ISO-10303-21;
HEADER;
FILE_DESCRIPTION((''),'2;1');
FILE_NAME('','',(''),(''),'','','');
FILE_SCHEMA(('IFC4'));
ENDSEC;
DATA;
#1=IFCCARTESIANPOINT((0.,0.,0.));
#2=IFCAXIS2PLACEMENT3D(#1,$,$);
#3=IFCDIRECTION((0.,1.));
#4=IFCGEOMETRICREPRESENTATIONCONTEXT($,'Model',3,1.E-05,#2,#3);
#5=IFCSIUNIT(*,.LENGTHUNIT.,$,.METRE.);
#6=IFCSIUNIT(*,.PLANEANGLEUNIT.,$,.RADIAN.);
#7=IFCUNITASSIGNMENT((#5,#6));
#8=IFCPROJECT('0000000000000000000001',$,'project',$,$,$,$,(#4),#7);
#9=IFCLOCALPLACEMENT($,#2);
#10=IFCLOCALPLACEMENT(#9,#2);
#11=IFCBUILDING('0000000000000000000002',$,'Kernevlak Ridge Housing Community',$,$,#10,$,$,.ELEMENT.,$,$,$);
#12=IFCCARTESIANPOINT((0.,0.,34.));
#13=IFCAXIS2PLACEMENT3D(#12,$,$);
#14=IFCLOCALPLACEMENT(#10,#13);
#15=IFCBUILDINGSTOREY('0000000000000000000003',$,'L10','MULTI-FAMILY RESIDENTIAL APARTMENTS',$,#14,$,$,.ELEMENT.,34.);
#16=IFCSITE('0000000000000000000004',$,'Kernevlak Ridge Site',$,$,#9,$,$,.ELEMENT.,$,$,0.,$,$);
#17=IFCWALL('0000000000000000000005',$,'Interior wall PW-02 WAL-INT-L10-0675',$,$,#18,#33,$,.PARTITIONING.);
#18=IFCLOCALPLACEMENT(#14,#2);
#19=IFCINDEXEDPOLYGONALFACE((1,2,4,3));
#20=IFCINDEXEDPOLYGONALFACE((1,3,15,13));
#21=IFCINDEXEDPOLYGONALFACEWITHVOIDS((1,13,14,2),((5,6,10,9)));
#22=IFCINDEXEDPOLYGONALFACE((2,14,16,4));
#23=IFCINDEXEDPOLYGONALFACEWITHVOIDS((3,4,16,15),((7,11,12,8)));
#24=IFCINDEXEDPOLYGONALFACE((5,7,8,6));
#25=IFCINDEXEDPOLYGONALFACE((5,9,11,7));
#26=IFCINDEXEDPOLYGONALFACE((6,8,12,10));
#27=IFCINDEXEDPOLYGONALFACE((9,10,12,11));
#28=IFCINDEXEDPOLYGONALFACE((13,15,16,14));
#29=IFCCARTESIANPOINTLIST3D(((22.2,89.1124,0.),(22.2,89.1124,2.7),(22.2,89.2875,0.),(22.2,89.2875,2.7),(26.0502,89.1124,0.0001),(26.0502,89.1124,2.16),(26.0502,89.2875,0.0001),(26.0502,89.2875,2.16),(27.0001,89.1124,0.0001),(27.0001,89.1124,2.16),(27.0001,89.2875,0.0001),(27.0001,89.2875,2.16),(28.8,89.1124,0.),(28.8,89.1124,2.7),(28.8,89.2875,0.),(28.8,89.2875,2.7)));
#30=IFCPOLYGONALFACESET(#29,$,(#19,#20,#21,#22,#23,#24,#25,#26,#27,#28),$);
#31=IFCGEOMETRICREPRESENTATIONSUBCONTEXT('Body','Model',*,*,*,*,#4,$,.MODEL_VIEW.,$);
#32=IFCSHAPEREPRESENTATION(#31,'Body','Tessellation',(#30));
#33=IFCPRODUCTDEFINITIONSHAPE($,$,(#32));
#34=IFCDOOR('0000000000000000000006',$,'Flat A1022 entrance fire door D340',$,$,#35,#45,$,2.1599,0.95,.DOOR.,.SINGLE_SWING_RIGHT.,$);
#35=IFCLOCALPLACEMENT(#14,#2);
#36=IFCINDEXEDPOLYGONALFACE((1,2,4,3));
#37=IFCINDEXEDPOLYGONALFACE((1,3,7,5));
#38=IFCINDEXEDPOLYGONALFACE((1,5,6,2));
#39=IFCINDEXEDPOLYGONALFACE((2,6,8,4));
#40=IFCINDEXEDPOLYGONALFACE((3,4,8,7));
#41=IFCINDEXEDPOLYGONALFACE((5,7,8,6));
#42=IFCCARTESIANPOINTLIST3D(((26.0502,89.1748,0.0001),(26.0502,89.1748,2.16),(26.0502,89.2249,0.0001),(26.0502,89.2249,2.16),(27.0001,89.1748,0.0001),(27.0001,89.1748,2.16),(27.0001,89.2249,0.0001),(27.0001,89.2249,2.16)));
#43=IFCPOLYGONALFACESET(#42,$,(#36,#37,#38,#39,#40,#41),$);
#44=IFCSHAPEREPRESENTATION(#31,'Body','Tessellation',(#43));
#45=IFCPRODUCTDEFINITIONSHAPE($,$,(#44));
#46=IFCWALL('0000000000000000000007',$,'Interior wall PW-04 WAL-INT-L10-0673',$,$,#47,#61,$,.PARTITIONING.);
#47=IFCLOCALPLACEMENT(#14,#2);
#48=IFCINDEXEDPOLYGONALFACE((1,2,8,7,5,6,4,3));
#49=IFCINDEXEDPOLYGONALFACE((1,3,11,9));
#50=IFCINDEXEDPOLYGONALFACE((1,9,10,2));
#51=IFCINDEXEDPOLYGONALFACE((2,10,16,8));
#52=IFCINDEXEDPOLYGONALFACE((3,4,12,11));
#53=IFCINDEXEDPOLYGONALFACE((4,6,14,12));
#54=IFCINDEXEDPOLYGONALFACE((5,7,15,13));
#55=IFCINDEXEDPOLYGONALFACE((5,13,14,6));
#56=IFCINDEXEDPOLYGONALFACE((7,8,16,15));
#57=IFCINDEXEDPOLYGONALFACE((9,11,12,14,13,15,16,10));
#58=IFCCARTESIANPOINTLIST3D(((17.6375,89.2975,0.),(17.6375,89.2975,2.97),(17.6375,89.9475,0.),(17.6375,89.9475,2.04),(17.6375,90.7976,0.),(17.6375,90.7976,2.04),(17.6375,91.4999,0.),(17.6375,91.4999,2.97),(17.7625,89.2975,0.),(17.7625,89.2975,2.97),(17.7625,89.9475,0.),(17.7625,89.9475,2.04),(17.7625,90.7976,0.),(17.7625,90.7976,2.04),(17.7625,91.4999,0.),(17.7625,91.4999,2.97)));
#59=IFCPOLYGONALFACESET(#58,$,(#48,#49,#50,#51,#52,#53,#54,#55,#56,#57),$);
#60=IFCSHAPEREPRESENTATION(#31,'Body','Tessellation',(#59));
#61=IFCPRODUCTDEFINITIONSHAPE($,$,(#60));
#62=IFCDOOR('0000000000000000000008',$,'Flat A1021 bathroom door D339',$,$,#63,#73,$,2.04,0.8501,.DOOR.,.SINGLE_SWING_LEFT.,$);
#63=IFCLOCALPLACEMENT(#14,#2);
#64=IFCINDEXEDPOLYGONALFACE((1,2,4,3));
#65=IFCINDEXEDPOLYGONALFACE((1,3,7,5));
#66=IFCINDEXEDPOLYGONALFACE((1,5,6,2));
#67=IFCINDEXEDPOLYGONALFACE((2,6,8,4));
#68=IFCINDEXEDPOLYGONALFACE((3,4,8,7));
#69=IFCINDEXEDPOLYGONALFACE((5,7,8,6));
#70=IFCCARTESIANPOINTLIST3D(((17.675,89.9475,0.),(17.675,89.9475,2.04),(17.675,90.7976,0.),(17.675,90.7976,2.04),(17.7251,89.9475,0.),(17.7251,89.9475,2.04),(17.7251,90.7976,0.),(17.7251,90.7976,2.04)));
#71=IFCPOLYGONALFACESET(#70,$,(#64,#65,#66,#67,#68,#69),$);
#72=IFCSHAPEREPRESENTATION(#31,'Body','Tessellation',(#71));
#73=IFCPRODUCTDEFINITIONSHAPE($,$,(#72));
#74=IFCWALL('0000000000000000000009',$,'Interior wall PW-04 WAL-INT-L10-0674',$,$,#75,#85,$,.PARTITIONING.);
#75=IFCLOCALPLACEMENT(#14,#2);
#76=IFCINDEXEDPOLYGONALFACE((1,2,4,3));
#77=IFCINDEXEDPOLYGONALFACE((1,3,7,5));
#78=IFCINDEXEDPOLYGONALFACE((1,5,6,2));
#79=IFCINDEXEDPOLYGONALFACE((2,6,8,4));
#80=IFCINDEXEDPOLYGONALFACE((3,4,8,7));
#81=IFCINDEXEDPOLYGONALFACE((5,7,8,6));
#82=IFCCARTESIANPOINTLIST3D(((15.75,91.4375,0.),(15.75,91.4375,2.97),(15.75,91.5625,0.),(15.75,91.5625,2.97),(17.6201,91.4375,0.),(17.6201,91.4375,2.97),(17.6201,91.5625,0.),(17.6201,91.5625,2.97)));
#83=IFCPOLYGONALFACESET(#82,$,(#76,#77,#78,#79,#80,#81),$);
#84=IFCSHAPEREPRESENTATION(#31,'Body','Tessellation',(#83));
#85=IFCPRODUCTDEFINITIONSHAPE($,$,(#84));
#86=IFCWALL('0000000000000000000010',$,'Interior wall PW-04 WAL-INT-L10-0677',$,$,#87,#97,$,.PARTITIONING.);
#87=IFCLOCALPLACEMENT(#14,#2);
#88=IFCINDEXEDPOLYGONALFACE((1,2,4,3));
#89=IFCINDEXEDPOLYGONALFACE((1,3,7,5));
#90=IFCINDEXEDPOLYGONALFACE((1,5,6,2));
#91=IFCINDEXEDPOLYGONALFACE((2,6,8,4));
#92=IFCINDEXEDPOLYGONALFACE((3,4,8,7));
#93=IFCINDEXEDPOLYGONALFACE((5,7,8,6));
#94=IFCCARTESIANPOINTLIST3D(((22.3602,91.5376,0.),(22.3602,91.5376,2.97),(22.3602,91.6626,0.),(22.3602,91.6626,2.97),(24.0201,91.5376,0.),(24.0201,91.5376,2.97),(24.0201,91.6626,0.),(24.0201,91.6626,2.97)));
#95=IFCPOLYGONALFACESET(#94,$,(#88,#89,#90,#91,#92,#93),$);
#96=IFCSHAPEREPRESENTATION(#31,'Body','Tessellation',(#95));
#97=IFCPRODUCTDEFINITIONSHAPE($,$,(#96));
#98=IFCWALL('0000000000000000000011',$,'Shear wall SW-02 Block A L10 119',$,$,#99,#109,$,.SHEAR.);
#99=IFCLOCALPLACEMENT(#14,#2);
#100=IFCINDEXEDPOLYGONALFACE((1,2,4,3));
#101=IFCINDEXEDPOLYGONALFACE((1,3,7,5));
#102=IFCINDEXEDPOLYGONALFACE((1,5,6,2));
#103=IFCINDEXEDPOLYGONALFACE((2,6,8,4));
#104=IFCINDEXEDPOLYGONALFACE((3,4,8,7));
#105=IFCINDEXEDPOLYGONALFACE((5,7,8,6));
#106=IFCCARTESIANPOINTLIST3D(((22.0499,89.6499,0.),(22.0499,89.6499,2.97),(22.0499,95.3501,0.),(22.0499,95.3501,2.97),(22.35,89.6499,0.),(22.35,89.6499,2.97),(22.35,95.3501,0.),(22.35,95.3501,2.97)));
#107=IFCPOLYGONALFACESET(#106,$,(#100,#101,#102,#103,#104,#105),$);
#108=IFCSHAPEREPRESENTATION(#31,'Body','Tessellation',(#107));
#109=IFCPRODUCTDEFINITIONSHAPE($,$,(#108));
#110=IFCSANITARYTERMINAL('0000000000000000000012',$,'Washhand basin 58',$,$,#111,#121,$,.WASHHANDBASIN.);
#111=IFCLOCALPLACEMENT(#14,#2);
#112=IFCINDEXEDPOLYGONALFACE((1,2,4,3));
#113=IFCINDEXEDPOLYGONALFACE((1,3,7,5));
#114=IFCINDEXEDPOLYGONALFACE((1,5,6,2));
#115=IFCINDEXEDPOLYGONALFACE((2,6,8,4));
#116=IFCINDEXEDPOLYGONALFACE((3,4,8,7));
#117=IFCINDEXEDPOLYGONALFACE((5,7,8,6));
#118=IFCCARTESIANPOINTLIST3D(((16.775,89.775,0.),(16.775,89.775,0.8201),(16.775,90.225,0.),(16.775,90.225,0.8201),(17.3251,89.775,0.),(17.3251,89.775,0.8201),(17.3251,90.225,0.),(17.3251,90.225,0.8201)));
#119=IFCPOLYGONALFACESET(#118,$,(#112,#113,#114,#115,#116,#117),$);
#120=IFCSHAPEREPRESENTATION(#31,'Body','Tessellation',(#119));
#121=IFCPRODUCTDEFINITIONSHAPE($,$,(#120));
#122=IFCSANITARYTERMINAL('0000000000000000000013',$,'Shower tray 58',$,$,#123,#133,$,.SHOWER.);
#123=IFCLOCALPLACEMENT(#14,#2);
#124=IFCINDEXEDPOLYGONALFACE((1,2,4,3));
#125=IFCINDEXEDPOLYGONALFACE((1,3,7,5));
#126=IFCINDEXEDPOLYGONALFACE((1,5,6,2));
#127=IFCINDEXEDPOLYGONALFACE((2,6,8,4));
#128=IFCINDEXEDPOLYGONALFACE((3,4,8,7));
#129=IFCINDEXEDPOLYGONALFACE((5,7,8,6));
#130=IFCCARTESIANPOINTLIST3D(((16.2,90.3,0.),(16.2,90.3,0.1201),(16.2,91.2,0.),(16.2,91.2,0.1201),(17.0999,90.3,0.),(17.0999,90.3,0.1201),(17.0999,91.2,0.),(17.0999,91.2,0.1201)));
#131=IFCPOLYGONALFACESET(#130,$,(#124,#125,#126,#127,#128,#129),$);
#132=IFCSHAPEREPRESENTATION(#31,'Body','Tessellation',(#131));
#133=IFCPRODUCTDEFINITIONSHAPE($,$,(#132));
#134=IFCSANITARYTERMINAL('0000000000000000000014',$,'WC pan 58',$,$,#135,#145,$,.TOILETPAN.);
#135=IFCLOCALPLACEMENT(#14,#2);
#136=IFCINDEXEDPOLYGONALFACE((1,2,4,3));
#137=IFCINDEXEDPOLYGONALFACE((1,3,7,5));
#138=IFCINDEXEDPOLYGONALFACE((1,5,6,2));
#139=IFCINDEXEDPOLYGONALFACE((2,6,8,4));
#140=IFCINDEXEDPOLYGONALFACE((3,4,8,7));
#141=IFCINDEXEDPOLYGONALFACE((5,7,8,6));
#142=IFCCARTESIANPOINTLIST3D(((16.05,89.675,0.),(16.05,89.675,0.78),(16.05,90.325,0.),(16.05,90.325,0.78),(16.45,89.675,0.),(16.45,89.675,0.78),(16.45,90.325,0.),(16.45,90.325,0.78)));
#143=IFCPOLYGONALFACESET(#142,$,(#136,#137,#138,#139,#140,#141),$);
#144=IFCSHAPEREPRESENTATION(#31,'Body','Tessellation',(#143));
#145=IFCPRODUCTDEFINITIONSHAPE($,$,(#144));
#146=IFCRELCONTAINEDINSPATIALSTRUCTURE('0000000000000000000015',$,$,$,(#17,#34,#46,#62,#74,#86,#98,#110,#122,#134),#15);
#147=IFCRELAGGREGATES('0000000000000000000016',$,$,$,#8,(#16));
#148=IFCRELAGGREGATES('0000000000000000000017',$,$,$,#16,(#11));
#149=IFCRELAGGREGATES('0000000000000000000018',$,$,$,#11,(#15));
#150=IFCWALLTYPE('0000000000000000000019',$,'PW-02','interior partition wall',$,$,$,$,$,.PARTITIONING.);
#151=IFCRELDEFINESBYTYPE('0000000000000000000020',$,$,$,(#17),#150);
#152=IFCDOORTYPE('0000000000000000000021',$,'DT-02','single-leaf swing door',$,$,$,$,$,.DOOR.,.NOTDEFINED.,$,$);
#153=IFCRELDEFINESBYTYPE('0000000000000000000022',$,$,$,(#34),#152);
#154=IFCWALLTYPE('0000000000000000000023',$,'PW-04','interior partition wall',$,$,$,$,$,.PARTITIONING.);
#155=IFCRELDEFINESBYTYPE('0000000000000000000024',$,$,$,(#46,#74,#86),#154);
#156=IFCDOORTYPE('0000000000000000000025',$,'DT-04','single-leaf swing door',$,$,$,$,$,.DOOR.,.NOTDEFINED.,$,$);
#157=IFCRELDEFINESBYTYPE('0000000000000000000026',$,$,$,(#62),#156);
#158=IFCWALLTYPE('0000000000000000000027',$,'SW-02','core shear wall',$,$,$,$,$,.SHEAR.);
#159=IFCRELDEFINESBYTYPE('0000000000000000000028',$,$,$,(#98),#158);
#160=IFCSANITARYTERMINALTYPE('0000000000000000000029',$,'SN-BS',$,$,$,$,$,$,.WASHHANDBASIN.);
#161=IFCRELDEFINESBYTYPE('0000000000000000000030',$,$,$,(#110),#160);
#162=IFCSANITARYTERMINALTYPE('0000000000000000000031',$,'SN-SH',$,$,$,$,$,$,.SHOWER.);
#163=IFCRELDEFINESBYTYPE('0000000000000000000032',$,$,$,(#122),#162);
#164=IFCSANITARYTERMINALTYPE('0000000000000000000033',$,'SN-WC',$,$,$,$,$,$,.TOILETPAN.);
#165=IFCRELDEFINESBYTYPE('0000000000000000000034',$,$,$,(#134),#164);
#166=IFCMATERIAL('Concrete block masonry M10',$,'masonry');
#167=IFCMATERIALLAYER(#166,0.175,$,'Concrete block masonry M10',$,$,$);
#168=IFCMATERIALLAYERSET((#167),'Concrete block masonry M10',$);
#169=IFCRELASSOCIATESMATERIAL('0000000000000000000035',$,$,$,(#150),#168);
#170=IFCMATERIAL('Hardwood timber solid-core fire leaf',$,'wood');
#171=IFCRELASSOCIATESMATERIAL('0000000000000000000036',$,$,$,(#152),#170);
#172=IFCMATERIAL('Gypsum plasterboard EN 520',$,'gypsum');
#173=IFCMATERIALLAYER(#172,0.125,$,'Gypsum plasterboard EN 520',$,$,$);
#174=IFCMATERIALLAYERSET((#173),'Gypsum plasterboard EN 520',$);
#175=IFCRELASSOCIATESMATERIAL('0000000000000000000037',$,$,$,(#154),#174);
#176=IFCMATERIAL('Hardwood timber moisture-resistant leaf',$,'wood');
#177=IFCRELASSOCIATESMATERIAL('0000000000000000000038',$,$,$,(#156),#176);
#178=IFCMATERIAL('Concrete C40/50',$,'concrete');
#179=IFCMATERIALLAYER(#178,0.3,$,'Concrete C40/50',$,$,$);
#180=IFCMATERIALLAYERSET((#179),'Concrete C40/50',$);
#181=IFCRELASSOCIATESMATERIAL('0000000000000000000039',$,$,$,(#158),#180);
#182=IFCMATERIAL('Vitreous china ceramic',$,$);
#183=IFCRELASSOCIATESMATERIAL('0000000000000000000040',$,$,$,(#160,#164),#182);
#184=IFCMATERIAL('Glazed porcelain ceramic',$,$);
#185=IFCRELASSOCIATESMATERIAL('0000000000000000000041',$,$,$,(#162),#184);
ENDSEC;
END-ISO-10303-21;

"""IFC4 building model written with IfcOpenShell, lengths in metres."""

from ifc_helpers import new_model, si_unit, direction, frame, frame_2d, origin, origin_2d, place, context, subcontext, project, spatial, rectangle, extrude, material, layer, layer_set, type_object, element, fill, save


model = new_model("IFC4")

# Units and contexts
model_context = context("Model", 3, precision=1e-05, world=origin(), true_north=direction((0.0, 1.0)))
body_context = subcontext(model_context, "Body", "Model", "MODEL_VIEW")
ifc_project = project(units=[si_unit("LENGTHUNIT", "METRE"), si_unit("PLANEANGLEUNIT", "RADIAN")], contexts=[model_context])

# Site, building, storey
site_placement = place(None, origin())
site = spatial("IfcSite", under=ifc_project, at=site_placement, Name="Kernevlak Ridge Site", CompositionType="ELEMENT", RefElevation=0.0)
building_placement = place(site_placement, origin())
building = spatial("IfcBuilding", under=site, at=building_placement, Name="Kernevlak Ridge Housing Community", CompositionType="ELEMENT")
storey_placement = place(building_placement, frame((0.0, 0.0, 34.0)))
storey = spatial("IfcBuildingStorey", under=building, at=storey_placement, Name="L10", Description="MULTI-FAMILY RESIDENTIAL APARTMENTS", CompositionType="ELEMENT", Elevation=34.0)

# Shared definitions
ifc_material_1 = material(Name="Concrete block masonry M10", Category="masonry")

# Shared definitions
ifc_layer_1 = layer(ifc_material_1, 0.175, Name="Concrete block masonry M10")
ifc_layer_set_1 = layer_set([ifc_layer_1], Name="Concrete block masonry M10")
wall_type_1 = type_object("IfcWallType", Name="PW-02", Description="interior partition wall", PredefinedType="PARTITIONING", material=ifc_layer_set_1)

# Walls, openings, doors
ifc_material_2 = material(Name="Hardwood timber solid-core fire leaf", Category="wood")
wall_1_placement = place(storey_placement, frame((22.2, 89.2, 0.0), z_axis=(0.0, 0.0, 1.0), x_axis=(1.0, 0.0, 0.0)))
wall_1 = element("IfcWall", 1, at=wall_1_placement, inside=storey, type_object=wall_type_1, Name="Interior wall PW-02 WAL-INT-L10-0675", PredefinedType="PARTITIONING", context=body_context, shape_type="SweptSolid", body=[
    extrude(rectangle(XDim=6.6001, YDim=0.175, at=frame_2d((3.3, 0.0))), origin(), (0.0, 0.0, 1.0), 2.7),
])
opening_1_placement = place(wall_1_placement, frame((3.8501, 0.0, 0.0)))
opening_1 = element("IfcOpeningElement", 2, at=opening_1_placement, cuts=wall_1, PredefinedType="OPENING", context=body_context, shape_type="SweptSolid", body=[
    extrude(rectangle(XDim=0.95, YDim=2.1599, at=frame_2d((0.4751, 1.0801))), frame((0.0, 0.0974, 0.0), z_axis=(0.0, -1.0, 0.0), x_axis=(1.0, 0.0, 0.0)), (0.0, 0.0, 1.0), 0.1951),
])
door_type_1 = type_object("IfcDoorType", Name="DT-02", Description="single-leaf swing door", OperationType="NOTDEFINED", PredefinedType="DOOR", material=ifc_material_2)
door_1_placement = place(opening_1_placement, origin())
door_1 = element("IfcDoor", 3, at=door_1_placement, inside=storey, type_object=door_type_1, Name="Flat A1022 entrance fire door D340", OperationType="SINGLE_SWING_RIGHT", OverallHeight=2.1599, OverallWidth=0.95, PredefinedType="DOOR", context=body_context, shape_type="SweptSolid", body=[
    extrude(rectangle(XDim=0.95, YDim=2.1599, at=frame_2d((0.4751, 1.0801))), frame((0.0, 0.0249, 0.0), z_axis=(0.0, -1.0, 0.0), x_axis=(1.0, 0.0, 0.0)), (0.0, 0.0, 1.0), 0.05),
])
fill(opening_1, door_1)
ifc_material_3 = material(Name="Gypsum plasterboard EN 520", Category="gypsum")
ifc_layer_2 = layer(ifc_material_3, 0.125, Name="Gypsum plasterboard EN 520")
ifc_layer_set_2 = layer_set([ifc_layer_2], Name="Gypsum plasterboard EN 520")
wall_type_2 = type_object("IfcWallType", Name="PW-04", Description="interior partition wall", PredefinedType="PARTITIONING", material=ifc_layer_set_2)
wall_2_placement = place(storey_placement, frame((17.7, 89.2976, 0.0), z_axis=(0.0, 0.0, 1.0), x_axis=(0.0, 1.0, 0.0)))
wall_2 = element("IfcWall", 4, at=wall_2_placement, inside=storey, type_object=wall_type_2, Name="Interior wall PW-04 WAL-INT-L10-0673", PredefinedType="PARTITIONING", context=body_context, shape_type="SweptSolid", body=[
    extrude(rectangle(XDim=2.2024, YDim=0.125, at=frame_2d((1.1011, 0.0))), origin(), (0.0, 0.0, 1.0), 2.97),
])
opening_2_placement = place(wall_2_placement, frame((0.6499, 0.0, 0.0)))
opening_2 = element("IfcOpeningElement", 5, at=opening_2_placement, cuts=wall_2, PredefinedType="OPENING", context=body_context, shape_type="SweptSolid", body=[
    extrude(rectangle(XDim=0.8501, YDim=2.04, at=frame_2d((0.425, 1.02))), frame((0.0, 0.0725, 0.0), z_axis=(0.0, -1.0, 0.0), x_axis=(1.0, 0.0, 0.0)), (0.0, 0.0, 1.0), 0.145),
])
ifc_material_4 = material(Name="Hardwood timber moisture-resistant leaf", Category="wood")
door_type_2 = type_object("IfcDoorType", Name="DT-04", Description="single-leaf swing door", OperationType="NOTDEFINED", PredefinedType="DOOR", material=ifc_material_4)
door_2_placement = place(opening_2_placement, origin())
door_2 = element("IfcDoor", 6, at=door_2_placement, inside=storey, type_object=door_type_2, Name="Flat A1021 bathroom door D339", OperationType="SINGLE_SWING_LEFT", OverallHeight=2.04, OverallWidth=0.8501, PredefinedType="DOOR", context=body_context, shape_type="SweptSolid", body=[
    extrude(rectangle(XDim=0.8501, YDim=2.04, at=frame_2d((0.425, 1.02))), frame((0.0, 0.0249, 0.0), z_axis=(0.0, -1.0, 0.0), x_axis=(1.0, 0.0, 0.0)), (0.0, 0.0, 1.0), 0.05),
])
fill(opening_2, door_2)

# Walls
wall_3_placement = place(storey_placement, frame((15.75, 91.5, 0.0), z_axis=(0.0, 0.0, 1.0), x_axis=(1.0, 0.0, 0.0)))
element("IfcWall", 7, at=wall_3_placement, inside=storey, type_object=wall_type_2, Name="Interior wall PW-04 WAL-INT-L10-0674", PredefinedType="PARTITIONING", context=body_context, shape_type="SweptSolid", body=[
    extrude(rectangle(XDim=1.8701, YDim=0.125, at=frame_2d((0.9351, 0.0))), origin(), (0.0, 0.0, 1.0), 2.97),
])
wall_4_placement = place(storey_placement, frame((22.3601, 91.6001, 0.0), z_axis=(0.0, 0.0, 1.0), x_axis=(1.0, 0.0, 0.0)))
element("IfcWall", 8, at=wall_4_placement, inside=storey, type_object=wall_type_2, Name="Interior wall PW-04 WAL-INT-L10-0677", PredefinedType="PARTITIONING", context=body_context, shape_type="SweptSolid", body=[
    extrude(rectangle(XDim=1.6599, YDim=0.125, at=frame_2d((0.8301, 0.0))), origin(), (0.0, 0.0, 1.0), 2.97),
])
ifc_material_5 = material(Name="Concrete C40/50", Category="concrete")
ifc_layer_3 = layer(ifc_material_5, 0.3, Name="Concrete C40/50")
ifc_layer_set_3 = layer_set([ifc_layer_3], Name="Concrete C40/50")
wall_type_3 = type_object("IfcWallType", Name="SW-02", Description="core shear wall", PredefinedType="SHEAR", material=ifc_layer_set_3)
wall_5_placement = place(storey_placement, frame((22.2, 89.6499, 0.0), z_axis=(0.0, 0.0, 1.0), x_axis=(0.0, 1.0, 0.0)))
element("IfcWall", 9, at=wall_5_placement, inside=storey, type_object=wall_type_3, Name="Shear wall SW-02 Block A L10 119", PredefinedType="SHEAR", context=body_context, shape_type="SweptSolid", body=[
    extrude(rectangle(XDim=5.7002, YDim=0.3, at=frame_2d((2.8501, 0.0))), origin(), (0.0, 0.0, 1.0), 2.97),
])

# Sanitary terminals
ifc_material_6 = material(Name="Vitreous china ceramic")
sanitary_terminal_type_1 = type_object("IfcSanitaryTerminalType", Name="SN-BS", PredefinedType="WASHHANDBASIN", material=ifc_material_6)
sanitary_terminal_1_placement = place(storey_placement, frame((17.05, 90.0, 0.0), z_axis=(0.0, 0.0, 1.0), x_axis=(1.0, 0.0, 0.0)))
element("IfcSanitaryTerminal", 10, at=sanitary_terminal_1_placement, inside=storey, type_object=sanitary_terminal_type_1, Name="Washhand basin 58", PredefinedType="WASHHANDBASIN", context=body_context, shape_type="SweptSolid", body=[
    extrude(rectangle(XDim=0.55, YDim=0.45, at=origin_2d()), origin(), (0.0, 0.0, 1.0), 0.8201),
])
ifc_material_7 = material(Name="Glazed porcelain ceramic")
sanitary_terminal_type_2 = type_object("IfcSanitaryTerminalType", Name="SN-SH", PredefinedType="SHOWER", material=ifc_material_7)
sanitary_terminal_2_placement = place(storey_placement, frame((16.6499, 90.75, 0.0), z_axis=(0.0, 0.0, 1.0), x_axis=(1.0, 0.0, 0.0)))
element("IfcSanitaryTerminal", 11, at=sanitary_terminal_2_placement, inside=storey, type_object=sanitary_terminal_type_2, Name="Shower tray 58", PredefinedType="SHOWER", context=body_context, shape_type="SweptSolid", body=[
    extrude(rectangle(XDim=0.8999, YDim=0.8999, at=origin_2d()), origin(), (0.0, 0.0, 1.0), 0.1201),
])
sanitary_terminal_type_3 = type_object("IfcSanitaryTerminalType", Name="SN-WC", PredefinedType="TOILETPAN", material=ifc_material_6)
sanitary_terminal_3_placement = place(storey_placement, frame((16.25, 90.0, 0.0), z_axis=(0.0, 0.0, 1.0), x_axis=(1.0, 0.0, 0.0)))
element("IfcSanitaryTerminal", 12, at=sanitary_terminal_3_placement, inside=storey, type_object=sanitary_terminal_type_3, Name="WC pan 58", PredefinedType="TOILETPAN", context=body_context, shape_type="SweptSolid", body=[
    extrude(rectangle(XDim=0.3999, YDim=0.6499, at=origin_2d()), origin(), (0.0, 0.0, 1.0), 0.78),
])

save(model, "model.ifc")
